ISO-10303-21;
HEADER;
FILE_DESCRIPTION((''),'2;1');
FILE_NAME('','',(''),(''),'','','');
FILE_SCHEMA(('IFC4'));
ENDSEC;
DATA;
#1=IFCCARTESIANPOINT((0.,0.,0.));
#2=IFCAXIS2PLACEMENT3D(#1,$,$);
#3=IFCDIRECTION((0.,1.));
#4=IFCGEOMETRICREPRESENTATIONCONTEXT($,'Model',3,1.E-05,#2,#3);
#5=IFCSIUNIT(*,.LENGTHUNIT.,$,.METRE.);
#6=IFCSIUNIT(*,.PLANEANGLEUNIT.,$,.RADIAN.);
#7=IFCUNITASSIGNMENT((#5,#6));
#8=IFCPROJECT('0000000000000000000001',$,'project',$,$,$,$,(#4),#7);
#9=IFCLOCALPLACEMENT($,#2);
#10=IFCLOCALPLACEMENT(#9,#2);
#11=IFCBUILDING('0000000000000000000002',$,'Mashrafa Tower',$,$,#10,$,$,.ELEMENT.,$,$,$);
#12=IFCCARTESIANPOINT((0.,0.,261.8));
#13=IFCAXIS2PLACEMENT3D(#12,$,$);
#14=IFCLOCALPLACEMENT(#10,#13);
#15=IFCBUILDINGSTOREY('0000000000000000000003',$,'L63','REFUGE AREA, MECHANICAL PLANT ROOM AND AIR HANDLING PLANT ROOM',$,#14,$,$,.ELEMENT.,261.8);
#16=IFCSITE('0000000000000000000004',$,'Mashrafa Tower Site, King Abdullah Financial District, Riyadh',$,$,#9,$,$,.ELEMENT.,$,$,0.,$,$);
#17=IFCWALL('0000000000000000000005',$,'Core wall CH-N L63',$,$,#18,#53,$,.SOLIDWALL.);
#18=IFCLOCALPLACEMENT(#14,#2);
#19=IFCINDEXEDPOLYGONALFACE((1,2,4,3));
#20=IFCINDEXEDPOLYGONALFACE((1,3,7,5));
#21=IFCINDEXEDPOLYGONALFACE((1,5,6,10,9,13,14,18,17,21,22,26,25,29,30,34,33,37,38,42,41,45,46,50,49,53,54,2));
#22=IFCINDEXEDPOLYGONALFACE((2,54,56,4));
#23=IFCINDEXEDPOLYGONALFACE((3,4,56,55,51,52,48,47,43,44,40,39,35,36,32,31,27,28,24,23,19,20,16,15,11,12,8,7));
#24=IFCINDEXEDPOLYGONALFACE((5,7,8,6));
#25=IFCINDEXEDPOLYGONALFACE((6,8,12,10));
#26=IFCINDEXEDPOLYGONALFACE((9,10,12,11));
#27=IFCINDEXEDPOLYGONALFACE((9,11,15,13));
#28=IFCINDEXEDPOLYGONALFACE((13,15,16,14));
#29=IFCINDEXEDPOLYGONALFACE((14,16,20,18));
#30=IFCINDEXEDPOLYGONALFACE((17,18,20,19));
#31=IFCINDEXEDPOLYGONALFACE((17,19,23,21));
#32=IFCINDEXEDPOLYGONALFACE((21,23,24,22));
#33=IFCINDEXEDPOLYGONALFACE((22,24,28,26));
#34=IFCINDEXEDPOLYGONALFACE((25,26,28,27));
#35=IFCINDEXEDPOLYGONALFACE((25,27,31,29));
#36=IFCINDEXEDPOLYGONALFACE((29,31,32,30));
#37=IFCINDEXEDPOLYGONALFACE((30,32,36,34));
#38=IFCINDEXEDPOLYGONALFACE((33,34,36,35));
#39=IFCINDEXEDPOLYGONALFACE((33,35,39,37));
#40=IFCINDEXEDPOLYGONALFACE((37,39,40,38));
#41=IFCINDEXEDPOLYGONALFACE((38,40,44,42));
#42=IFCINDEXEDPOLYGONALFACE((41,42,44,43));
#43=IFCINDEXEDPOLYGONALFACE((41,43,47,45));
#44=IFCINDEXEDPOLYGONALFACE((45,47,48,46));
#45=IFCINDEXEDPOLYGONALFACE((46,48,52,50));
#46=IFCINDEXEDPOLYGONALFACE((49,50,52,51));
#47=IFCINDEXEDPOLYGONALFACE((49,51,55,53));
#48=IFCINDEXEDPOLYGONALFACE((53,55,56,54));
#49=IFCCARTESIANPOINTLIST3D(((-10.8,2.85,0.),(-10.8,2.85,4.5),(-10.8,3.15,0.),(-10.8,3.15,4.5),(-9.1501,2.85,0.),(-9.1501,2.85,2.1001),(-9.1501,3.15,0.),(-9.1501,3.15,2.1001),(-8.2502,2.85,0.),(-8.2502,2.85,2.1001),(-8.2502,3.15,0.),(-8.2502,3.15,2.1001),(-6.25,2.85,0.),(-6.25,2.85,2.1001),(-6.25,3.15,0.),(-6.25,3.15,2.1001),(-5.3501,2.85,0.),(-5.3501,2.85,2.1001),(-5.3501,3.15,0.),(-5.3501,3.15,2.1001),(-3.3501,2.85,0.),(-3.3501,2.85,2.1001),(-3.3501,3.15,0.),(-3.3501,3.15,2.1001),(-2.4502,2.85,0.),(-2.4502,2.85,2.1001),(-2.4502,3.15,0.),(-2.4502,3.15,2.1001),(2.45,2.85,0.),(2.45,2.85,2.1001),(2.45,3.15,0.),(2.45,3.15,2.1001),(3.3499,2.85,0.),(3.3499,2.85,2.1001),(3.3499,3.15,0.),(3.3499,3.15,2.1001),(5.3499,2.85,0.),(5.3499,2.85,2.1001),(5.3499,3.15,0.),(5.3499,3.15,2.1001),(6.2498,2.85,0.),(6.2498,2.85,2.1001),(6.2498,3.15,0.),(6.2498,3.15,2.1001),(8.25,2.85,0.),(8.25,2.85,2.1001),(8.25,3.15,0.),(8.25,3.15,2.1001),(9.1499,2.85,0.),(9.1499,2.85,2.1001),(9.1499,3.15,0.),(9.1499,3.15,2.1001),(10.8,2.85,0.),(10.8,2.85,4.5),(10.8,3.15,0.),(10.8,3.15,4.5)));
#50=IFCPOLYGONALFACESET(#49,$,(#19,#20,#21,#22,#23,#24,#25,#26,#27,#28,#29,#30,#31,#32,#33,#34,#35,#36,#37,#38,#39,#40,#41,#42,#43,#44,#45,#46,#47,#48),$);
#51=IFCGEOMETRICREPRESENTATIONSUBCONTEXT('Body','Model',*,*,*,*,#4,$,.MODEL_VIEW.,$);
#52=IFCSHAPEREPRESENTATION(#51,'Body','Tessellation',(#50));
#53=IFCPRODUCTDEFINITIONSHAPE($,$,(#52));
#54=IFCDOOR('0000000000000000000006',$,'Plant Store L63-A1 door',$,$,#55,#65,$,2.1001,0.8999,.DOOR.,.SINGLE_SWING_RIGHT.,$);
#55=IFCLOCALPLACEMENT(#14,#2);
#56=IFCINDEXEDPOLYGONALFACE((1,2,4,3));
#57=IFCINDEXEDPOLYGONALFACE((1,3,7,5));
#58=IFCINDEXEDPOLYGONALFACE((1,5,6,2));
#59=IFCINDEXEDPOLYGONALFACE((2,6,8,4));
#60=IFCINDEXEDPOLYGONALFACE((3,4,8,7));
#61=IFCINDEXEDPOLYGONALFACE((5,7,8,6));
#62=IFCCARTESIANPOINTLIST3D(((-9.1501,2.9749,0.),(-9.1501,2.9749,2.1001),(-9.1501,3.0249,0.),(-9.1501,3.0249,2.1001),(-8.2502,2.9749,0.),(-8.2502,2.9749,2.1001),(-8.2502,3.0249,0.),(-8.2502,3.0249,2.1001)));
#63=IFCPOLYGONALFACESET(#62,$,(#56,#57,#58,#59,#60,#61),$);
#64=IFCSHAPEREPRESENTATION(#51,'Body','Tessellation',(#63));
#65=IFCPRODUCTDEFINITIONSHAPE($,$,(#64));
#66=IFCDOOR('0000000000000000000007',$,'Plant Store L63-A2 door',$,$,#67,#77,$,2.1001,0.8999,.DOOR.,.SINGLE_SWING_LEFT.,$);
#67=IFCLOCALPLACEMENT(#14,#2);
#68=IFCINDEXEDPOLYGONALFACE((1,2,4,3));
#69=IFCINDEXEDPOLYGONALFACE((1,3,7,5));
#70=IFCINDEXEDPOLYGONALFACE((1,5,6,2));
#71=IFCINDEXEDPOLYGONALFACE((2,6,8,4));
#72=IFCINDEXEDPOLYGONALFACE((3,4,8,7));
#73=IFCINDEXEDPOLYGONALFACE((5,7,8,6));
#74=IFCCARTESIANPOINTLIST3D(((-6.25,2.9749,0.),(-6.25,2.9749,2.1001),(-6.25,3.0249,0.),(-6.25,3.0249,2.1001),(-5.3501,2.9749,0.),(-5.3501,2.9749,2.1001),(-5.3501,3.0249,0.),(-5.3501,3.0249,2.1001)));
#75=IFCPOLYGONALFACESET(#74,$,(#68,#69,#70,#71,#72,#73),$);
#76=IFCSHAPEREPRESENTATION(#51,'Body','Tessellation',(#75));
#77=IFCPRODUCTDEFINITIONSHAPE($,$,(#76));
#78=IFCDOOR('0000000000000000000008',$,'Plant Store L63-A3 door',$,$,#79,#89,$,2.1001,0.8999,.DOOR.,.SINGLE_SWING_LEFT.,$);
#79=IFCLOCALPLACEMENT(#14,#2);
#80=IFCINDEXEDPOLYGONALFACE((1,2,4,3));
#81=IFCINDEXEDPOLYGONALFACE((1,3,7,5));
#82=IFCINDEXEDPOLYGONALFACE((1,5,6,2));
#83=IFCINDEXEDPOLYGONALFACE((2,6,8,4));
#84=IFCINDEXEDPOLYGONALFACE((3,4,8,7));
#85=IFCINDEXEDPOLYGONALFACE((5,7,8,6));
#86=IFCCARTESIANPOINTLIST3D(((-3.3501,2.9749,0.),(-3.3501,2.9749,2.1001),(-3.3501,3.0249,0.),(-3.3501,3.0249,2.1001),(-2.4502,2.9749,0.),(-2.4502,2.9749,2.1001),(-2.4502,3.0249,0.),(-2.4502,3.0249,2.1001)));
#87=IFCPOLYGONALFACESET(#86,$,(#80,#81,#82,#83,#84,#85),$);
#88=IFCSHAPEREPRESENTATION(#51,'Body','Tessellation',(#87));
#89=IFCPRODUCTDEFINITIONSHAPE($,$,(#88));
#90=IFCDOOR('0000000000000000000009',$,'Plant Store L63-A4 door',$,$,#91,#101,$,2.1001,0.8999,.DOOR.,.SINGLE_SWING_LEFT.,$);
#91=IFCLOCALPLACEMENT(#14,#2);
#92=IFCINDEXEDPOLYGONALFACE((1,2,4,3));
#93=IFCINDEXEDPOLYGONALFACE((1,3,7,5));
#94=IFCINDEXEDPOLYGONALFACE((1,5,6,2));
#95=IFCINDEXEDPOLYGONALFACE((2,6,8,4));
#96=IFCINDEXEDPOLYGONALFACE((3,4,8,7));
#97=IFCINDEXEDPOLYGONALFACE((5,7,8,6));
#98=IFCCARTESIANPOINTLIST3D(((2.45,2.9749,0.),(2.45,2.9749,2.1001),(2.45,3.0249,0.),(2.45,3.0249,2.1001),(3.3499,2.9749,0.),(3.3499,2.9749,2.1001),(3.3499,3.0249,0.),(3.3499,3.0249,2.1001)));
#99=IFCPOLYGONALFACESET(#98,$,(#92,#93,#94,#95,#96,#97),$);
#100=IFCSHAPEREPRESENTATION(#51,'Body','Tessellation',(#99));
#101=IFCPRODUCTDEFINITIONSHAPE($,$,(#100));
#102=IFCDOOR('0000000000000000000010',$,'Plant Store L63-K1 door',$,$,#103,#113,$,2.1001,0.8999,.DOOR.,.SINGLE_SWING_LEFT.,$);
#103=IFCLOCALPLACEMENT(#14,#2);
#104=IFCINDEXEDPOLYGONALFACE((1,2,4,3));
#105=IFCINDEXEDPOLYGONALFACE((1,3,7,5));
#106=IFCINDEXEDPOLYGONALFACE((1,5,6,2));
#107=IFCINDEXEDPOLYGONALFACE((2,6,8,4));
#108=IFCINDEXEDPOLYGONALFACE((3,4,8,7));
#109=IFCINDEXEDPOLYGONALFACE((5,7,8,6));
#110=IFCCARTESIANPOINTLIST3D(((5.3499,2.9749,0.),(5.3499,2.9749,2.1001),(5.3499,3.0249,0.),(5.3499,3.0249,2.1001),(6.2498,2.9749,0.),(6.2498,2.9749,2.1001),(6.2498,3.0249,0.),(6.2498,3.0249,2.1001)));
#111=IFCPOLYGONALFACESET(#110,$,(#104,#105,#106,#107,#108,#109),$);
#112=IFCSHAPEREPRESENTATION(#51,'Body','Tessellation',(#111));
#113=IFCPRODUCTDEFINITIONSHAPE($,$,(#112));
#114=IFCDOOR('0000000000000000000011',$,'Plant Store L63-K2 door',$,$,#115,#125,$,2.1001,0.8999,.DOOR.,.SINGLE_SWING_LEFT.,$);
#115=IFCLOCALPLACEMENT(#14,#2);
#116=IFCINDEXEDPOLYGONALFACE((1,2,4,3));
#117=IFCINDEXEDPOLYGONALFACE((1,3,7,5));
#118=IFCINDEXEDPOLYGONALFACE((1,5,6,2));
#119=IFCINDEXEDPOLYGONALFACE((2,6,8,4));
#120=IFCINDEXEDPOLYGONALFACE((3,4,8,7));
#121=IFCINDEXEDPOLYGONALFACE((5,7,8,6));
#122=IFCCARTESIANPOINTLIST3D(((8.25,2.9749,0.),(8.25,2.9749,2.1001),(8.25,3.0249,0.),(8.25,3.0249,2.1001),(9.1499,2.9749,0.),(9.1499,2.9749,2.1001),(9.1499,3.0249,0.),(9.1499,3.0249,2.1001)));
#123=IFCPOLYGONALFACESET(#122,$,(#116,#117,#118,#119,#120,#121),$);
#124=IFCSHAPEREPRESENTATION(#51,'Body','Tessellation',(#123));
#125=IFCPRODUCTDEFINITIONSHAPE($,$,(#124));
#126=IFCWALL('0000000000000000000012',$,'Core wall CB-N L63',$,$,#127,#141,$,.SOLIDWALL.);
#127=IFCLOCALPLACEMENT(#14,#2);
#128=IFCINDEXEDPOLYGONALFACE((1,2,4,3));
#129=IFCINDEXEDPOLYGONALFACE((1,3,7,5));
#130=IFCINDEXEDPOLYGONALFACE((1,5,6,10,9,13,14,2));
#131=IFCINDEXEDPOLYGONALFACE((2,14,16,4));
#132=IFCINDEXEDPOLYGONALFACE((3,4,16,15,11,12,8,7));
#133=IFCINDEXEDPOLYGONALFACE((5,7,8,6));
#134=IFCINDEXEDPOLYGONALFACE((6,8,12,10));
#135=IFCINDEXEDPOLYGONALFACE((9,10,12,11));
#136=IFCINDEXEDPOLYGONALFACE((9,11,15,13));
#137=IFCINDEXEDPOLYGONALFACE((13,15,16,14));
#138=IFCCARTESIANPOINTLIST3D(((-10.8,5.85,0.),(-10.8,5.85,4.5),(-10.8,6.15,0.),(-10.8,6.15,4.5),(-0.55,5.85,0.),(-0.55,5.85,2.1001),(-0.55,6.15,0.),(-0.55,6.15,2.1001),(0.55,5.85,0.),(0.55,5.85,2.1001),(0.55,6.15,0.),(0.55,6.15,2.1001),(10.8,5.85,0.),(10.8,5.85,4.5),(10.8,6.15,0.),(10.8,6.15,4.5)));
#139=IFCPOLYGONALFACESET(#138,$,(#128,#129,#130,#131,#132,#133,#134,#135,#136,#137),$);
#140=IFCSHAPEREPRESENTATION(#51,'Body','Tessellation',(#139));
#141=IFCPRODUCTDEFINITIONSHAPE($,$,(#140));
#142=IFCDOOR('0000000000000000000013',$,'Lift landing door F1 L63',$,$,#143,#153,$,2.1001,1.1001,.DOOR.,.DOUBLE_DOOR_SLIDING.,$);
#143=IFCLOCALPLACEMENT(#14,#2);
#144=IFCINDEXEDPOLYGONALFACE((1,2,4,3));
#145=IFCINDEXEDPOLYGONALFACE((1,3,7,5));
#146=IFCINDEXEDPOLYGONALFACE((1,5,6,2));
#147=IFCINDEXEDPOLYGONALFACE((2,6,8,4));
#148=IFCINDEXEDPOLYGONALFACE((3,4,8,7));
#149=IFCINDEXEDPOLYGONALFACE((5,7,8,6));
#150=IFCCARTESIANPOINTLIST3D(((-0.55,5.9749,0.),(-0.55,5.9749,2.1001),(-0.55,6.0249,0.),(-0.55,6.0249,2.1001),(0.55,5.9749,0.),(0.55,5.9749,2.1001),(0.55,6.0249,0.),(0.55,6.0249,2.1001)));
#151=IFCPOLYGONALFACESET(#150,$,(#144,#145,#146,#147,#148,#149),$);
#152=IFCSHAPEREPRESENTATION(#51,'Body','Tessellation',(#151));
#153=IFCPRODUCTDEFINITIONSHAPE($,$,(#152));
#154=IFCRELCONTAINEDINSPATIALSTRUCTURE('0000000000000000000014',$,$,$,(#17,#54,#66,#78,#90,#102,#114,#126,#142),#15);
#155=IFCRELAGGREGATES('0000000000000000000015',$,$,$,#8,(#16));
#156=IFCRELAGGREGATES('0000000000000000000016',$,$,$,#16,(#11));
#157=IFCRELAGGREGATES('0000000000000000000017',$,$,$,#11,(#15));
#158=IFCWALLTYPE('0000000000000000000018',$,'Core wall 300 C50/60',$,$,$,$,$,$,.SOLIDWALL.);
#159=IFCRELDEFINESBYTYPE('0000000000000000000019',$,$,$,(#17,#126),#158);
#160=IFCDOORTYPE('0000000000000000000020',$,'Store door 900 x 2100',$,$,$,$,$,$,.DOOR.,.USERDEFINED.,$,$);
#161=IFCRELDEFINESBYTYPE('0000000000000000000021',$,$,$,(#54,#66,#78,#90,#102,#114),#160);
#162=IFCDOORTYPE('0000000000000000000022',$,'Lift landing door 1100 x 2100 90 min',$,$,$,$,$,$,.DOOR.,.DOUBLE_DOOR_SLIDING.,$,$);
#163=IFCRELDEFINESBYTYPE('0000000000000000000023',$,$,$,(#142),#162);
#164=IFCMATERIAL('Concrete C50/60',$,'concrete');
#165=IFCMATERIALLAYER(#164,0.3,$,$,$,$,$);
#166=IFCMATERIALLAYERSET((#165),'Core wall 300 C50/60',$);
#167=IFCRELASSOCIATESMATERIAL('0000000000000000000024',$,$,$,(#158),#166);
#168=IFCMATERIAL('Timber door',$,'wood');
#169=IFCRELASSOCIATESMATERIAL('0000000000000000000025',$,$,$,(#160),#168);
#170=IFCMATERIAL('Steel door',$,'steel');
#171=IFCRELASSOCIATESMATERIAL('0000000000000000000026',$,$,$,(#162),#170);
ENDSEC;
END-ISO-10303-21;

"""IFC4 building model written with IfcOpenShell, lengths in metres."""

from ifc_helpers import new_model, si_unit, direction, frame, frame_2d, origin, place, context, subcontext, project, spatial, rectangle, extrude, material, layer, layer_set, type_object, element, fill, save


model = new_model("IFC4")

# Units and contexts
model_context = context("Model", 3, precision=1e-05, world=origin(), true_north=direction((0.0, 1.0)))
body_context = subcontext(model_context, "Body", "Model", "MODEL_VIEW")
ifc_project = project(units=[si_unit("LENGTHUNIT", "METRE"), si_unit("PLANEANGLEUNIT", "RADIAN")], contexts=[model_context])

# Site, building, storey
site_placement = place(None, origin())
site = spatial("IfcSite", under=ifc_project, at=site_placement, Name="Mashrafa Tower Site, King Abdullah Financial District, Riyadh", CompositionType="ELEMENT", RefElevation=0.0)
building_placement = place(site_placement, origin())
building = spatial("IfcBuilding", under=site, at=building_placement, Name="Mashrafa Tower", CompositionType="ELEMENT")
storey_placement = place(building_placement, frame((0.0, 0.0, 261.8)))
storey = spatial("IfcBuildingStorey", under=building, at=storey_placement, Name="L63", Description="REFUGE AREA, MECHANICAL PLANT ROOM AND AIR HANDLING PLANT ROOM", CompositionType="ELEMENT", Elevation=261.8)

# Wall, openings, doors
ifc_material_1 = material(Name="Concrete C50/60", Category="concrete")
ifc_layer_1 = layer(ifc_material_1, 0.3)
ifc_layer_set_1 = layer_set([ifc_layer_1], Name="Core wall 300 C50/60")
wall_type = type_object("IfcWallType", Name="Core wall 300 C50/60", PredefinedType="SOLIDWALL", material=ifc_layer_set_1)
wall_1_placement = place(storey_placement, frame((-10.8, 3.0, 0.0), z_axis=(0.0, 0.0, 1.0), x_axis=(1.0, 0.0, 0.0)))
wall_1 = element("IfcWall", 1, at=wall_1_placement, inside=storey, type_object=wall_type, Name="Core wall CH-N L63", PredefinedType="SOLIDWALL", context=body_context, shape_type="SweptSolid", body=[
    extrude(rectangle(XDim=21.6001, YDim=0.3, at=frame_2d((10.8, 0.0))), origin(), (0.0, 0.0, 1.0), 4.5),
])
opening_1_placement = place(wall_1_placement, frame((1.6499, 0.0, 0.0)))
opening_1 = element("IfcOpeningElement", 2, at=opening_1_placement, cuts=wall_1, PredefinedType="OPENING", context=body_context, shape_type="SweptSolid", body=[
    extrude(rectangle(XDim=0.8999, YDim=2.1001, at=frame_2d((0.45, 1.05))), frame((0.0, 0.1599, 0.0), z_axis=(0.0, -1.0, 0.0), x_axis=(1.0, 0.0, 0.0)), (0.0, 0.0, 1.0), 0.3201),
])
opening_2_placement = place(wall_1_placement, frame((4.55, 0.0, 0.0)))
opening_2 = element("IfcOpeningElement", 3, at=opening_2_placement, cuts=wall_1, PredefinedType="OPENING", context=body_context, shape_type="SweptSolid", body=[
    extrude(rectangle(XDim=0.8999, YDim=2.1001, at=frame_2d((0.45, 1.05))), frame((0.0, 0.1599, 0.0), z_axis=(0.0, -1.0, 0.0), x_axis=(1.0, 0.0, 0.0)), (0.0, 0.0, 1.0), 0.3201),
])
opening_3_placement = place(wall_1_placement, frame((7.45, 0.0, 0.0)))
opening_3 = element("IfcOpeningElement", 4, at=opening_3_placement, cuts=wall_1, PredefinedType="OPENING", context=body_context, shape_type="SweptSolid", body=[
    extrude(rectangle(XDim=0.8999, YDim=2.1001, at=frame_2d((0.45, 1.05))), frame((0.0, 0.1599, 0.0), z_axis=(0.0, -1.0, 0.0), x_axis=(1.0, 0.0, 0.0)), (0.0, 0.0, 1.0), 0.3201),
])
opening_4_placement = place(wall_1_placement, frame((13.25, 0.0, 0.0)))
opening_4 = element("IfcOpeningElement", 5, at=opening_4_placement, cuts=wall_1, PredefinedType="OPENING", context=body_context, shape_type="SweptSolid", body=[
    extrude(rectangle(XDim=0.8999, YDim=2.1001, at=frame_2d((0.45, 1.05))), frame((0.0, 0.1599, 0.0), z_axis=(0.0, -1.0, 0.0), x_axis=(1.0, 0.0, 0.0)), (0.0, 0.0, 1.0), 0.3201),
])
opening_5_placement = place(wall_1_placement, frame((16.1499, 0.0, 0.0)))
opening_5 = element("IfcOpeningElement", 6, at=opening_5_placement, cuts=wall_1, PredefinedType="OPENING", context=body_context, shape_type="SweptSolid", body=[
    extrude(rectangle(XDim=0.8999, YDim=2.1001, at=frame_2d((0.45, 1.05))), frame((0.0, 0.1599, 0.0), z_axis=(0.0, -1.0, 0.0), x_axis=(1.0, 0.0, 0.0)), (0.0, 0.0, 1.0), 0.3201),
])
opening_6_placement = place(wall_1_placement, frame((19.05, 0.0, 0.0)))
opening_6 = element("IfcOpeningElement", 7, at=opening_6_placement, cuts=wall_1, PredefinedType="OPENING", context=body_context, shape_type="SweptSolid", body=[
    extrude(rectangle(XDim=0.8999, YDim=2.1001, at=frame_2d((0.45, 1.05))), frame((0.0, 0.1599, 0.0), z_axis=(0.0, -1.0, 0.0), x_axis=(1.0, 0.0, 0.0)), (0.0, 0.0, 1.0), 0.3201),
])
ifc_material_2 = material(Name="Timber door", Category="wood")
door_type_1 = type_object("IfcDoorType", Name="Store door 900 x 2100", OperationType="USERDEFINED", PredefinedType="DOOR", material=ifc_material_2)
door_1_placement = place(opening_1_placement, origin())
door_1 = element("IfcDoor", 8, at=door_1_placement, inside=storey, type_object=door_type_1, Name="Plant Store L63-A1 door", OperationType="SINGLE_SWING_RIGHT", OverallHeight=2.1001, OverallWidth=0.8999, PredefinedType="DOOR", context=body_context, shape_type="SweptSolid", body=[
    extrude(rectangle(XDim=0.8999, YDim=2.1001, at=frame_2d((0.45, 1.05))), frame((0.0, 0.0249, 0.0), z_axis=(0.0, -1.0, 0.0), x_axis=(1.0, 0.0, 0.0)), (0.0, 0.0, 1.0), 0.05),
])
fill(opening_1, door_1)
door_2_placement = place(opening_2_placement, origin())
door_2 = element("IfcDoor", 9, at=door_2_placement, inside=storey, type_object=door_type_1, Name="Plant Store L63-A2 door", OperationType="SINGLE_SWING_LEFT", OverallHeight=2.1001, OverallWidth=0.8999, PredefinedType="DOOR", context=body_context, shape_type="SweptSolid", body=[
    extrude(rectangle(XDim=0.8999, YDim=2.1001, at=frame_2d((0.45, 1.05))), frame((0.0, 0.0249, 0.0), z_axis=(0.0, -1.0, 0.0), x_axis=(1.0, 0.0, 0.0)), (0.0, 0.0, 1.0), 0.05),
])
fill(opening_2, door_2)
door_3_placement = place(opening_3_placement, origin())
door_3 = element("IfcDoor", 10, at=door_3_placement, inside=storey, type_object=door_type_1, Name="Plant Store L63-A3 door", OperationType="SINGLE_SWING_LEFT", OverallHeight=2.1001, OverallWidth=0.8999, PredefinedType="DOOR", context=body_context, shape_type="SweptSolid", body=[
    extrude(rectangle(XDim=0.8999, YDim=2.1001, at=frame_2d((0.45, 1.05))), frame((0.0, 0.0249, 0.0), z_axis=(0.0, -1.0, 0.0), x_axis=(1.0, 0.0, 0.0)), (0.0, 0.0, 1.0), 0.05),
])
fill(opening_3, door_3)
door_4_placement = place(opening_4_placement, origin())
door_4 = element("IfcDoor", 11, at=door_4_placement, inside=storey, type_object=door_type_1, Name="Plant Store L63-A4 door", OperationType="SINGLE_SWING_LEFT", OverallHeight=2.1001, OverallWidth=0.8999, PredefinedType="DOOR", context=body_context, shape_type="SweptSolid", body=[
    extrude(rectangle(XDim=0.8999, YDim=2.1001, at=frame_2d((0.45, 1.05))), frame((0.0, 0.0249, 0.0), z_axis=(0.0, -1.0, 0.0), x_axis=(1.0, 0.0, 0.0)), (0.0, 0.0, 1.0), 0.05),
])
fill(opening_4, door_4)
door_5_placement = place(opening_5_placement, origin())
door_5 = element("IfcDoor", 12, at=door_5_placement, inside=storey, type_object=door_type_1, Name="Plant Store L63-K1 door", OperationType="SINGLE_SWING_LEFT", OverallHeight=2.1001, OverallWidth=0.8999, PredefinedType="DOOR", context=body_context, shape_type="SweptSolid", body=[
    extrude(rectangle(XDim=0.8999, YDim=2.1001, at=frame_2d((0.45, 1.05))), frame((0.0, 0.0249, 0.0), z_axis=(0.0, -1.0, 0.0), x_axis=(1.0, 0.0, 0.0)), (0.0, 0.0, 1.0), 0.05),
])
fill(opening_5, door_5)
door_6_placement = place(opening_6_placement, origin())
door_6 = element("IfcDoor", 13, at=door_6_placement, inside=storey, type_object=door_type_1, Name="Plant Store L63-K2 door", OperationType="SINGLE_SWING_LEFT", OverallHeight=2.1001, OverallWidth=0.8999, PredefinedType="DOOR", context=body_context, shape_type="SweptSolid", body=[
    extrude(rectangle(XDim=0.8999, YDim=2.1001, at=frame_2d((0.45, 1.05))), frame((0.0, 0.0249, 0.0), z_axis=(0.0, -1.0, 0.0), x_axis=(1.0, 0.0, 0.0)), (0.0, 0.0, 1.0), 0.05),
])
fill(opening_6, door_6)

# Wall, opening, door
wall_2_placement = place(storey_placement, frame((-10.8, 6.0, 0.0), z_axis=(0.0, 0.0, 1.0), x_axis=(1.0, 0.0, 0.0)))
wall_2 = element("IfcWall", 14, at=wall_2_placement, inside=storey, type_object=wall_type, Name="Core wall CB-N L63", PredefinedType="SOLIDWALL", context=body_context, shape_type="SweptSolid", body=[
    extrude(rectangle(XDim=21.6001, YDim=0.3, at=frame_2d((10.8, 0.0))), origin(), (0.0, 0.0, 1.0), 4.5),
])
opening_7_placement = place(wall_2_placement, frame((10.25, 0.0, 0.0)))
opening_7 = element("IfcOpeningElement", 15, at=opening_7_placement, cuts=wall_2, PredefinedType="OPENING", context=body_context, shape_type="SweptSolid", body=[
    extrude(rectangle(XDim=1.1001, YDim=2.1001, at=frame_2d((0.55, 1.05))), frame((0.0, 0.1599, 0.0), z_axis=(0.0, -1.0, 0.0), x_axis=(1.0, 0.0, 0.0)), (0.0, 0.0, 1.0), 0.3201),
])
ifc_material_3 = material(Name="Steel door", Category="steel")
door_type_2 = type_object("IfcDoorType", Name="Lift landing door 1100 x 2100 90 min", OperationType="DOUBLE_DOOR_SLIDING", PredefinedType="DOOR", material=ifc_material_3)
door_7_placement = place(opening_7_placement, origin())
door_7 = element("IfcDoor", 16, at=door_7_placement, inside=storey, type_object=door_type_2, Name="Lift landing door F1 L63", OperationType="DOUBLE_DOOR_SLIDING", OverallHeight=2.1001, OverallWidth=1.1001, PredefinedType="DOOR", context=body_context, shape_type="SweptSolid", body=[
    extrude(rectangle(XDim=1.1001, YDim=2.1001, at=frame_2d((0.55, 1.05))), frame((0.0, 0.0249, 0.0), z_axis=(0.0, -1.0, 0.0), x_axis=(1.0, 0.0, 0.0)), (0.0, 0.0, 1.0), 0.05),
])
fill(opening_7, door_7)

save(model, "model.ifc")
